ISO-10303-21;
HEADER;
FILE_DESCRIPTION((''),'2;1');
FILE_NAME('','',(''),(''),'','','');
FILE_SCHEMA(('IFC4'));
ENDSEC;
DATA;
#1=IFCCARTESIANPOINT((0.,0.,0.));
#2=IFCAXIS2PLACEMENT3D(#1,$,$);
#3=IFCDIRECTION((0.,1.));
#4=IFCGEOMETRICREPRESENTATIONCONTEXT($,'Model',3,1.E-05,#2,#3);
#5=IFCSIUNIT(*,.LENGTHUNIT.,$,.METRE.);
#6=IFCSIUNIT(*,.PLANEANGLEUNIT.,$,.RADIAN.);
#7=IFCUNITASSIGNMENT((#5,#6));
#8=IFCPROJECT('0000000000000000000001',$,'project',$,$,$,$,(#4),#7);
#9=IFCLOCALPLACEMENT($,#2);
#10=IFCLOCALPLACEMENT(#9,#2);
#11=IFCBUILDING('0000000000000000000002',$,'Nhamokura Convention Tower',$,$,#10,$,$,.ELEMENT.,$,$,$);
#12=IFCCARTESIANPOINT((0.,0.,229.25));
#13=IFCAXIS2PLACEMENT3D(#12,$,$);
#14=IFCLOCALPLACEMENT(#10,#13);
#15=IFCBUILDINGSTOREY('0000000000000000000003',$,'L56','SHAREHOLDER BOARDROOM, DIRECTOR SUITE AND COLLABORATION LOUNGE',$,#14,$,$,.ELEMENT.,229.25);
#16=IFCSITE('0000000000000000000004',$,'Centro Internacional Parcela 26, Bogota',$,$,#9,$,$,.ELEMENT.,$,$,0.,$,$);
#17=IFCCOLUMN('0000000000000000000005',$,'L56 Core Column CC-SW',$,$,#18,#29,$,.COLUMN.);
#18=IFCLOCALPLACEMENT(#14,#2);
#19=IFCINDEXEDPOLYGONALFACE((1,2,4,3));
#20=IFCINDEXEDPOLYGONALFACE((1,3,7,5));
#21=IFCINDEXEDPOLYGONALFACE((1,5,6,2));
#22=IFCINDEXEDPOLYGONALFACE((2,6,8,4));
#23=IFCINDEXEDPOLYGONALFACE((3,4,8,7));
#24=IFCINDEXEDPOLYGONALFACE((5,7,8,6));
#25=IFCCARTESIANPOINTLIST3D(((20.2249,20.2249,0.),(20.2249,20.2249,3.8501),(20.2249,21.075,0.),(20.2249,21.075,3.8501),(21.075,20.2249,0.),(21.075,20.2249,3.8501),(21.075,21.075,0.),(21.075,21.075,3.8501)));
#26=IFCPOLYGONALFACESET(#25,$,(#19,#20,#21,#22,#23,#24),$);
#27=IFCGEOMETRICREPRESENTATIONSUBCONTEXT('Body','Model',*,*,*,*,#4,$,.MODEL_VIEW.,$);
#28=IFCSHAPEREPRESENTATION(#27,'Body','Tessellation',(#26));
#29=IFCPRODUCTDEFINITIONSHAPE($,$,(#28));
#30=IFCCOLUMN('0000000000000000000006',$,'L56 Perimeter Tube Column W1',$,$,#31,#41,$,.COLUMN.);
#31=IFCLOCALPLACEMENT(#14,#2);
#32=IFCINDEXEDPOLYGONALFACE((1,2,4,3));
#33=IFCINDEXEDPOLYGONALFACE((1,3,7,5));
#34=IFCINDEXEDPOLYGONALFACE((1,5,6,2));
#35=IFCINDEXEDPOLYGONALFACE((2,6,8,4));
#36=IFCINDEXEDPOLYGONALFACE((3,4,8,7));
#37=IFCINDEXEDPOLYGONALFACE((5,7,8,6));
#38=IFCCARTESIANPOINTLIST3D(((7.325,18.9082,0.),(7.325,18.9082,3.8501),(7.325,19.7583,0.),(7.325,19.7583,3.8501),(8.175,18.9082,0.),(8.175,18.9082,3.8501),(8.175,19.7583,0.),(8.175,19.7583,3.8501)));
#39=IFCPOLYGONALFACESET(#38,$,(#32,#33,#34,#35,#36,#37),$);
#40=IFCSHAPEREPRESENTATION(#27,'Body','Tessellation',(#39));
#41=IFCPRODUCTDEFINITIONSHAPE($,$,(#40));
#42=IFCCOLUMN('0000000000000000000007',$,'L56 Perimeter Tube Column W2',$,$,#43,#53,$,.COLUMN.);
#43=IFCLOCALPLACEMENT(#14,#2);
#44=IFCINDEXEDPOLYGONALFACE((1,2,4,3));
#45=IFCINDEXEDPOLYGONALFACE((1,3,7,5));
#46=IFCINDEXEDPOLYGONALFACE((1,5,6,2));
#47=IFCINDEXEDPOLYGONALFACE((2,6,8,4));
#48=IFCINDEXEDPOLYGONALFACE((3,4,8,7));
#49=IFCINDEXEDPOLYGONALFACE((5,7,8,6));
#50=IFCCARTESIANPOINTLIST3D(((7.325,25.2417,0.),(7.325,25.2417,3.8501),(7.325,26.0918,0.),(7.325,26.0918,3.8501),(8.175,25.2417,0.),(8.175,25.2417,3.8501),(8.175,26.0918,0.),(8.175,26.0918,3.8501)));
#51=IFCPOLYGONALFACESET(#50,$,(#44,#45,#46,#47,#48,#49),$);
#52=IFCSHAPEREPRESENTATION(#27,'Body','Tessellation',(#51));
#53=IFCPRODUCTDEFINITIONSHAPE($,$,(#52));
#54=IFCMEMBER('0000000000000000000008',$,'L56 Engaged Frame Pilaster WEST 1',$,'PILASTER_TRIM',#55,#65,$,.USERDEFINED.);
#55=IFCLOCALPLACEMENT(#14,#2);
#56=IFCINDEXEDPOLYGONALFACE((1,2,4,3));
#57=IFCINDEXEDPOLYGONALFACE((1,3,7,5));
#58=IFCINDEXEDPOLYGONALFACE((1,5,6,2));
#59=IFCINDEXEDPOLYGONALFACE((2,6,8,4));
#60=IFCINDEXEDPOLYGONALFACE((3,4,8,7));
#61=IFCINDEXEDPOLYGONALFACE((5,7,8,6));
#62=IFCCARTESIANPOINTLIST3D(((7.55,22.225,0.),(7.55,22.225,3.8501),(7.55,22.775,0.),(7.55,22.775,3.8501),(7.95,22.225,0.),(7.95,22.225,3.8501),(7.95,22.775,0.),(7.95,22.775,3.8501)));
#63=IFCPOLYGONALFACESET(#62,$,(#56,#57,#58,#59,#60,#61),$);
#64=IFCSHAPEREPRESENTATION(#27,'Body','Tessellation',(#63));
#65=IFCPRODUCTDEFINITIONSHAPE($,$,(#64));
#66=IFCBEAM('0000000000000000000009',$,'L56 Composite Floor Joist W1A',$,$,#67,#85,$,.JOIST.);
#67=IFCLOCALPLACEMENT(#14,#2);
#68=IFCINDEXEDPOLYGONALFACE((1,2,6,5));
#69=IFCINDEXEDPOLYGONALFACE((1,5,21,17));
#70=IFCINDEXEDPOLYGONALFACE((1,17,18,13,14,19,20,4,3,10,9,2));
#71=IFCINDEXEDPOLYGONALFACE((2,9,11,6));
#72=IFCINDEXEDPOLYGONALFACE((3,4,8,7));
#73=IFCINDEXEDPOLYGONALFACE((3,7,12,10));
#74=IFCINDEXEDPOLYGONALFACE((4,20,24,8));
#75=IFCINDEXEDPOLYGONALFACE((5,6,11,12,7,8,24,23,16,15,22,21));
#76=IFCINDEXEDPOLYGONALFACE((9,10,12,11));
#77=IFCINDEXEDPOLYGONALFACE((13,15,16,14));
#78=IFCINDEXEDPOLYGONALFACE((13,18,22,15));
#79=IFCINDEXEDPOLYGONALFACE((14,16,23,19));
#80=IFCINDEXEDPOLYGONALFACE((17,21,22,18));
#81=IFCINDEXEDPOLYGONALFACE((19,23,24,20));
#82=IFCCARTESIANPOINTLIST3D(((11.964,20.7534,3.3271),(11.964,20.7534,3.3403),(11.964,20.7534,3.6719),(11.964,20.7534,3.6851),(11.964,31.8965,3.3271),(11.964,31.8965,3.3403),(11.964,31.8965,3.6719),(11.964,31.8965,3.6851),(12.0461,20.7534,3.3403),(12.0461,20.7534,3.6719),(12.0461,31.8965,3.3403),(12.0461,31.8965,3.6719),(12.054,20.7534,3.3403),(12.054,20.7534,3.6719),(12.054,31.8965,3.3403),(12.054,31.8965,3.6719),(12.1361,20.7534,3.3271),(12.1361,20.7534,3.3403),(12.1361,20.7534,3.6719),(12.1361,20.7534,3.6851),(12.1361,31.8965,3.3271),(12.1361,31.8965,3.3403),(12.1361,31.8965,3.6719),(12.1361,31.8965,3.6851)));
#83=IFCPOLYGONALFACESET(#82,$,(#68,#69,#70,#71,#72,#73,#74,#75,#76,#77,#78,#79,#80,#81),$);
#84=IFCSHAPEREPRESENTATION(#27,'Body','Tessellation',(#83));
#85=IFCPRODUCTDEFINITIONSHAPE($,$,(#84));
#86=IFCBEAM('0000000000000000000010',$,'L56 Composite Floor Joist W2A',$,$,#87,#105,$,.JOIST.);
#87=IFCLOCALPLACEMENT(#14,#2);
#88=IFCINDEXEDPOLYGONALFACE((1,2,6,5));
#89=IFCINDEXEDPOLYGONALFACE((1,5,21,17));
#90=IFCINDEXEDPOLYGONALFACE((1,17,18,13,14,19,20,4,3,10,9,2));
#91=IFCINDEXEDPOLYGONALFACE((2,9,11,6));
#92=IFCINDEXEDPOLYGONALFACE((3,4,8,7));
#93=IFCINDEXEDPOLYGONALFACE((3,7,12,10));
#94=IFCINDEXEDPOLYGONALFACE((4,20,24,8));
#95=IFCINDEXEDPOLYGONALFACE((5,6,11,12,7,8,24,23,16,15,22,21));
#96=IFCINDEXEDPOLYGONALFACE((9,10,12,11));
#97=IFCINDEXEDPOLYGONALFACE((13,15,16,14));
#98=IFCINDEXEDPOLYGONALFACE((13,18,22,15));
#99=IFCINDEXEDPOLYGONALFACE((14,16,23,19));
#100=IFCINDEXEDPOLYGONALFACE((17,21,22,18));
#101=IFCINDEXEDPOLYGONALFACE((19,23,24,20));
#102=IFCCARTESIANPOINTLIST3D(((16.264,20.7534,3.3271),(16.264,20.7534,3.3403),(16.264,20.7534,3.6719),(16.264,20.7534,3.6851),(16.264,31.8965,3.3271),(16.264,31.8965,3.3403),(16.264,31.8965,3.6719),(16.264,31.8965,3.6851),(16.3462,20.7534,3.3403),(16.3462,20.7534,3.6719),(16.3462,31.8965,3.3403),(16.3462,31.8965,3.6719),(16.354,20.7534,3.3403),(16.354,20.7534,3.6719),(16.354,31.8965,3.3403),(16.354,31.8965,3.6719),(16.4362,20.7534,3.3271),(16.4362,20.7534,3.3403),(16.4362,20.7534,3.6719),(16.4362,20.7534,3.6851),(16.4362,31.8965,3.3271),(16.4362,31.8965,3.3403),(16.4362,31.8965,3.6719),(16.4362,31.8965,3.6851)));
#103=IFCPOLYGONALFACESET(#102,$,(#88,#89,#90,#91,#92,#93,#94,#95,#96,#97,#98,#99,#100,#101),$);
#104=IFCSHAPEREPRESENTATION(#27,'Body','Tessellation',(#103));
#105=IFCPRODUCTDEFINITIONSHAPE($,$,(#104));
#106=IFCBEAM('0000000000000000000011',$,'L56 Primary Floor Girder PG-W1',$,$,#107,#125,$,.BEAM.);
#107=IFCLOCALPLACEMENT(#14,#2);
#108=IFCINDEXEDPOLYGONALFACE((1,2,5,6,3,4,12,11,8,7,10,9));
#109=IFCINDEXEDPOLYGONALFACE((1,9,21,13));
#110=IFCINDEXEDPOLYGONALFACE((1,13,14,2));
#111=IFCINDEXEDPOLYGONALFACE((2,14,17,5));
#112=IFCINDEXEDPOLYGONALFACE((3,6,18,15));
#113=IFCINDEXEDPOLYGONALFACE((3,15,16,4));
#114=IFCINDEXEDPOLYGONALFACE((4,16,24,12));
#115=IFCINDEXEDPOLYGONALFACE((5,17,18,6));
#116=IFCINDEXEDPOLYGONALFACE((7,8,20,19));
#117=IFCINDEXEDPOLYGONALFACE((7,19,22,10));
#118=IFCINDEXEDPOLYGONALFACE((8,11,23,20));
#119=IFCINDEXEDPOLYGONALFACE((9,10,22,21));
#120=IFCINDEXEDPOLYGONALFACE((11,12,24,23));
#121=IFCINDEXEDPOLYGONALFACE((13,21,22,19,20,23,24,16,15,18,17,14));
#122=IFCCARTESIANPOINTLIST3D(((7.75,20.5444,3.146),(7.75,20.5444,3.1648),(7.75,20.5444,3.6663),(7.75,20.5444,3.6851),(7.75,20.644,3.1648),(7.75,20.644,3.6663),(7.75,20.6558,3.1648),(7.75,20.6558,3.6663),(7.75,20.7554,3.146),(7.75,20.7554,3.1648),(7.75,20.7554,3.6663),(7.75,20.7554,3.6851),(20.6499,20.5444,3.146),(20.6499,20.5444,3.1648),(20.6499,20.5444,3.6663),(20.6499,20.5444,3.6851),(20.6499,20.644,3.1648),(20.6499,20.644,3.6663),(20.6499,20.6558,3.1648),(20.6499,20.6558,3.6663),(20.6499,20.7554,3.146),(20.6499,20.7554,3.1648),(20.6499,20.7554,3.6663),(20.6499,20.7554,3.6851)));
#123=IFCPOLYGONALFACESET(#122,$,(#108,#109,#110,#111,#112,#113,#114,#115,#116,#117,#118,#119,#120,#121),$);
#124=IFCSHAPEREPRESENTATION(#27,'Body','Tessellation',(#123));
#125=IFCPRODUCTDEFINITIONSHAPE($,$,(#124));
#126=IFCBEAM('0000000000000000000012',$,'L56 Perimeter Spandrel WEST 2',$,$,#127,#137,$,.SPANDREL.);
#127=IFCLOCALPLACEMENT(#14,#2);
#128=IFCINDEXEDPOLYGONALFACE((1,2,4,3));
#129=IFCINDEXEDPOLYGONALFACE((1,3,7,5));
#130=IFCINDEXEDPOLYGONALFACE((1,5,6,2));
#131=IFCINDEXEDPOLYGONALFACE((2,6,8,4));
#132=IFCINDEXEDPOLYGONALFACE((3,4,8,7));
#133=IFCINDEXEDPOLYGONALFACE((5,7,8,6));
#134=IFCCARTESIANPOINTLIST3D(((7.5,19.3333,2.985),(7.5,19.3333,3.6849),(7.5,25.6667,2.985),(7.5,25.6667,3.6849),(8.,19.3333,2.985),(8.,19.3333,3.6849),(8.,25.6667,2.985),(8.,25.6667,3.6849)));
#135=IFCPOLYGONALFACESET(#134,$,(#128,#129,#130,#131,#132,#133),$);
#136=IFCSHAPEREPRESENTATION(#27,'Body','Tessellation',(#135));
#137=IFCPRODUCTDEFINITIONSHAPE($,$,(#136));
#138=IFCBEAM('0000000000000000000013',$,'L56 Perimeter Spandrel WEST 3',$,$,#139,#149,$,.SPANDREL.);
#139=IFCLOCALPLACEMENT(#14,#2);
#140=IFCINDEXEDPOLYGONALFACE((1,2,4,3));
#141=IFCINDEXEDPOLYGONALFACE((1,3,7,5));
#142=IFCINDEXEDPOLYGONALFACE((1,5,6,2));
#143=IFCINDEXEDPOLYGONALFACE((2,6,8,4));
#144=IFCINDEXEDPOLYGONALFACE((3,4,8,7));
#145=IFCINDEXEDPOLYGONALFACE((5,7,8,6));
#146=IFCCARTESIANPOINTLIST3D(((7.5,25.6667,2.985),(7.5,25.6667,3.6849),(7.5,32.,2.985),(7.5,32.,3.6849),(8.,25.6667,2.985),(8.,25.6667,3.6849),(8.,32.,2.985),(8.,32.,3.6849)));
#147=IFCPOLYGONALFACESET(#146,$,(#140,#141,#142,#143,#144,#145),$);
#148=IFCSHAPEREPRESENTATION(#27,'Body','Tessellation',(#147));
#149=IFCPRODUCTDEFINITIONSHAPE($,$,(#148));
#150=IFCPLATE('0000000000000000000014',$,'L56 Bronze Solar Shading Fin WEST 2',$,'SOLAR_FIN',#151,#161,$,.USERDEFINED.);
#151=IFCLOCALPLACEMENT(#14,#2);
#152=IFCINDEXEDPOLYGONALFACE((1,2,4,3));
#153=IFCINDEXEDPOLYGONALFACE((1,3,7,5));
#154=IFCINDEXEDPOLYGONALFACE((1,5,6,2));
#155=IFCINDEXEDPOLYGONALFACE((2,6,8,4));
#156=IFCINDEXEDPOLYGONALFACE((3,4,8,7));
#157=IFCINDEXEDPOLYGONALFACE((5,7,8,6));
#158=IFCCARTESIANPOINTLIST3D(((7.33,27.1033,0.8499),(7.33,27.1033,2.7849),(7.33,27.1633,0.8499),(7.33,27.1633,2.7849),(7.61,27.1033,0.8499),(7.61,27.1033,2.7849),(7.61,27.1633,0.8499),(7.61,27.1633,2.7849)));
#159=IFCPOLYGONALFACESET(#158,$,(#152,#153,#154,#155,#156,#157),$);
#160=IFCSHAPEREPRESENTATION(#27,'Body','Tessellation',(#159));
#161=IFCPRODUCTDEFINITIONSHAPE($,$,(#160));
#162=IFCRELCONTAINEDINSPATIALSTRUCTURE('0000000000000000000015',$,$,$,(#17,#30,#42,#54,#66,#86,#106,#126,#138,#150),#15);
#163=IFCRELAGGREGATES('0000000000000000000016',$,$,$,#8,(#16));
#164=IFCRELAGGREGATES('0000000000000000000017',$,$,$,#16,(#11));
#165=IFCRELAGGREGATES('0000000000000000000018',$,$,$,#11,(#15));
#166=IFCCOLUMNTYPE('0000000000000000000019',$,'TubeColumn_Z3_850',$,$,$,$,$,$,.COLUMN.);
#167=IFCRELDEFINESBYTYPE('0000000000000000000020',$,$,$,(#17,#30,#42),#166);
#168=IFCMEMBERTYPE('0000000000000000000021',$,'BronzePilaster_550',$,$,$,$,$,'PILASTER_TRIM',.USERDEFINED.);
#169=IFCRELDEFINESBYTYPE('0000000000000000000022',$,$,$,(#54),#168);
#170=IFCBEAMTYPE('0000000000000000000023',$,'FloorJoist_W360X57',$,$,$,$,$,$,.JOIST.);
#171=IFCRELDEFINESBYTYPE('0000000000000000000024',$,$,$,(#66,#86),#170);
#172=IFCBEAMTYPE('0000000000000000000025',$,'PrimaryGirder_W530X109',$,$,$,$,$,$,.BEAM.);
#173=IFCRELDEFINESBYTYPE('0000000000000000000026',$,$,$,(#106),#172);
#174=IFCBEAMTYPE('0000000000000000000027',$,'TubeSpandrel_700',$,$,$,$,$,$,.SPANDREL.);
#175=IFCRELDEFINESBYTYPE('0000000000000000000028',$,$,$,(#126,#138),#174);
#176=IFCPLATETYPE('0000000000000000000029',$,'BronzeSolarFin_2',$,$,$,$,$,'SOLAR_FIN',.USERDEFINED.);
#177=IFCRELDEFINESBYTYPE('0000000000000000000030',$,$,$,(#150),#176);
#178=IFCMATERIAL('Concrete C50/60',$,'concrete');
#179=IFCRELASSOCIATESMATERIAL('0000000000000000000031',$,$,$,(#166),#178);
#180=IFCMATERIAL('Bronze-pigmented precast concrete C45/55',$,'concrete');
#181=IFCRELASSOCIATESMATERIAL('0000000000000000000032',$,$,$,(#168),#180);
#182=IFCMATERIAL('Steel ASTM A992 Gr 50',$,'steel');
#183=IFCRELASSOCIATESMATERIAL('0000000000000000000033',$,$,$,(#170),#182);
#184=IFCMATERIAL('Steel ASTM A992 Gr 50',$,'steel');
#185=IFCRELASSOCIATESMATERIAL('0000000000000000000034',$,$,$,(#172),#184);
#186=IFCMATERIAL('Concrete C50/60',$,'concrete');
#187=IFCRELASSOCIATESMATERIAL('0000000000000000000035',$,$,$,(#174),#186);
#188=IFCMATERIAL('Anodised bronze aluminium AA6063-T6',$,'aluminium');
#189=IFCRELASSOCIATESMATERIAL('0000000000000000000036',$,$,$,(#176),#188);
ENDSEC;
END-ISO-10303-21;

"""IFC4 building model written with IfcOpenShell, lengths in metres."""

from ifc_helpers import new_model, si_unit, direction, frame, origin, origin_2d, place, context, subcontext, project, spatial, rectangle, i_section, extrude, material, material_profile, profile_set, type_object, element, save


model = new_model("IFC4")

# Units and contexts
model_context = context("Model", 3, precision=1e-05, world=origin(), true_north=direction((0.0, 1.0)))
body_context = subcontext(model_context, "Body", "Model", "MODEL_VIEW")
ifc_project = project(units=[si_unit("LENGTHUNIT", "METRE"), si_unit("PLANEANGLEUNIT", "RADIAN")], contexts=[model_context])

# Site, building, storey
site_placement = place(None, origin())
site = spatial("IfcSite", under=ifc_project, at=site_placement, Name="Centro Internacional Parcela 26, Bogota", CompositionType="ELEMENT", RefElevation=0.0)
building_placement = place(site_placement, origin())
building = spatial("IfcBuilding", under=site, at=building_placement, Name="Nhamokura Convention Tower", CompositionType="ELEMENT")
storey_placement = place(building_placement, frame((0.0, 0.0, 229.25)))
storey = spatial("IfcBuildingStorey", under=building, at=storey_placement, Name="L56", Description="SHAREHOLDER BOARDROOM, DIRECTOR SUITE AND COLLABORATION LOUNGE", CompositionType="ELEMENT", Elevation=229.25)

# Columns
ifc_material_1 = material(Name="Concrete C50/60", Category="concrete")
ifc_material_profile_1 = material_profile(ifc_material_1, rectangle(XDim=0.8501, YDim=0.8501, at=origin_2d()))
ifc_profile_set_1 = profile_set([ifc_material_profile_1], Name="Concrete C50/60")
column_type = type_object("IfcColumnType", Name="TubeColumn_Z3_850", PredefinedType="COLUMN", material=ifc_profile_set_1)
for number, where, z_axis, x_axis, name in (
    (1, (20.6499, 20.6499, 0.0), (0.0, 0.0, 1.0), (1.0, 0.0, 0.0), "L56 Core Column CC-SW"),
    (2, (7.75, 19.3333, 0.0), (0.0, 0.0, 1.0), (1.0, 0.0, 0.0), "L56 Perimeter Tube Column W1"),
    (3, (7.75, 25.6667, 0.0), (0.0, 0.0, 1.0), (1.0, 0.0, 0.0), "L56 Perimeter Tube Column W2"),
):
    element("IfcColumn", number, at=place(storey_placement, frame(where, z_axis=z_axis, x_axis=x_axis)), inside=storey, type_object=column_type, Name=name, PredefinedType="COLUMN", context=body_context, shape_type="SweptSolid", body=[
        extrude(rectangle(XDim=0.8501, YDim=0.8501, at=origin_2d()), origin(), (0.0, 0.0, 1.0), 3.8501),
    ])

# Member
ifc_material_2 = material(Name="Bronze-pigmented precast concrete C45/55", Category="concrete")
ifc_material_profile_2 = material_profile(ifc_material_2, rectangle(XDim=0.3999, YDim=0.55, at=origin_2d()))
ifc_profile_set_2 = profile_set([ifc_material_profile_2], Name="Bronze-pigmented precast concrete C45/55")
member_type = type_object("IfcMemberType", Name="BronzePilaster_550", ElementType="PILASTER_TRIM", PredefinedType="USERDEFINED", material=ifc_profile_set_2)
member_placement = place(storey_placement, frame((7.75, 22.5, 0.0), z_axis=(0.0, 0.0, 1.0), x_axis=(1.0, 0.0, 0.0)))
element("IfcMember", 4, at=member_placement, inside=storey, type_object=member_type, Name="L56 Engaged Frame Pilaster WEST 1", ObjectType="PILASTER_TRIM", PredefinedType="USERDEFINED", context=body_context, shape_type="SweptSolid", body=[
    extrude(rectangle(XDim=0.3999, YDim=0.55, at=origin_2d()), origin(), (0.0, 0.0, 1.0), 3.8501),
])

# Beams
ifc_material_3 = material(Name="Steel ASTM A992 Gr 50", Category="steel")
ifc_material_profile_3 = material_profile(ifc_material_3, i_section(OverallWidth=0.1721, OverallDepth=0.3579, WebThickness=0.0078, FlangeThickness=0.0132, at=origin_2d()))
ifc_profile_set_3 = profile_set([ifc_material_profile_3], Name="Steel ASTM A992 Gr 50")
beam_type_1 = type_object("IfcBeamType", Name="FloorJoist_W360X57", PredefinedType="JOIST", material=ifc_profile_set_3)
for number, where, z_axis, x_axis, name in (
    (5, (12.05, 20.7534, 3.5061), (0.0, 1.0, 0.0), (-1.0, 0.0, 0.0), "L56 Composite Floor Joist W1A"),
    (6, (16.3501, 20.7534, 3.5061), (0.0, 1.0, 0.0), (-1.0, 0.0, 0.0), "L56 Composite Floor Joist W2A"),
):
    element("IfcBeam", number, at=place(storey_placement, frame(where, z_axis=z_axis, x_axis=x_axis)), inside=storey, type_object=beam_type_1, Name=name, PredefinedType="JOIST", context=body_context, shape_type="SweptSolid", body=[
        extrude(i_section(OverallWidth=0.1721, OverallDepth=0.3579, WebThickness=0.0078, FlangeThickness=0.0132, at=origin_2d()), origin(), (0.0, 0.0, 1.0), 11.1431),
    ])
ifc_material_4 = material(Name="Steel ASTM A992 Gr 50", Category="steel")
ifc_material_profile_4 = material_profile(ifc_material_4, i_section(OverallWidth=0.2109, OverallDepth=0.5391, WebThickness=0.0117, FlangeThickness=0.0188, at=origin_2d()))
ifc_profile_set_4 = profile_set([ifc_material_profile_4], Name="Steel ASTM A992 Gr 50")
beam_type_2 = type_object("IfcBeamType", Name="PrimaryGirder_W530X109", PredefinedType="BEAM", material=ifc_profile_set_4)
beam_1_placement = place(storey_placement, frame((7.75, 20.6499, 3.4155), z_axis=(1.0, 0.0, 0.0), x_axis=(0.0, 1.0, 0.0)))
element("IfcBeam", 7, at=beam_1_placement, inside=storey, type_object=beam_type_2, Name="L56 Primary Floor Girder PG-W1", PredefinedType="BEAM", context=body_context, shape_type="SweptSolid", body=[
    extrude(i_section(OverallWidth=0.2109, OverallDepth=0.5391, WebThickness=0.0117, FlangeThickness=0.0188, at=origin_2d()), origin(), (0.0, 0.0, 1.0), 12.8999),
])
ifc_material_5 = material(Name="Concrete C50/60", Category="concrete")
ifc_material_profile_5 = material_profile(ifc_material_5, rectangle(XDim=0.5, YDim=0.7, at=origin_2d()))
ifc_profile_set_5 = profile_set([ifc_material_profile_5], Name="Concrete C50/60")
beam_type_3 = type_object("IfcBeamType", Name="TubeSpandrel_700", PredefinedType="SPANDREL", material=ifc_profile_set_5)
beam_2_placement = place(storey_placement, frame((7.75, 19.3333, 3.335), z_axis=(0.0, 1.0, 0.0), x_axis=(-1.0, 0.0, 0.0)))
element("IfcBeam", 8, at=beam_2_placement, inside=storey, type_object=beam_type_3, Name="L56 Perimeter Spandrel WEST 2", PredefinedType="SPANDREL", context=body_context, shape_type="SweptSolid", body=[
    extrude(rectangle(XDim=0.5, YDim=0.7, at=origin_2d()), origin(), (0.0, 0.0, 1.0), 6.3335),
])
beam_3_placement = place(storey_placement, frame((7.75, 25.6667, 3.335), z_axis=(0.0, 1.0, 0.0), x_axis=(-1.0, 0.0, 0.0)))
element("IfcBeam", 9, at=beam_3_placement, inside=storey, type_object=beam_type_3, Name="L56 Perimeter Spandrel WEST 3", PredefinedType="SPANDREL", context=body_context, shape_type="SweptSolid", body=[
    extrude(rectangle(XDim=0.5, YDim=0.7, at=origin_2d()), origin(), (0.0, 0.0, 1.0), 6.3333),
])

# Plate
ifc_material_6 = material(Name="Anodised bronze aluminium AA6063-T6", Category="aluminium")
plate_type = type_object("IfcPlateType", Name="BronzeSolarFin_2", ElementType="SOLAR_FIN", PredefinedType="USERDEFINED", material=ifc_material_6)
plate_placement = place(storey_placement, frame((7.47, 27.1333, 0.8499), z_axis=(0.0, 0.0, 1.0), x_axis=(1.0, 0.0, 0.0)))
element("IfcPlate", 10, at=plate_placement, inside=storey, type_object=plate_type, Name="L56 Bronze Solar Shading Fin WEST 2", ObjectType="SOLAR_FIN", PredefinedType="USERDEFINED", context=body_context, shape_type="SweptSolid", body=[
    extrude(rectangle(XDim=0.28, YDim=0.0601, at=origin_2d()), origin(), (0.0, 0.0, 1.0), 1.9351),
])

save(model, "model.ifc")
